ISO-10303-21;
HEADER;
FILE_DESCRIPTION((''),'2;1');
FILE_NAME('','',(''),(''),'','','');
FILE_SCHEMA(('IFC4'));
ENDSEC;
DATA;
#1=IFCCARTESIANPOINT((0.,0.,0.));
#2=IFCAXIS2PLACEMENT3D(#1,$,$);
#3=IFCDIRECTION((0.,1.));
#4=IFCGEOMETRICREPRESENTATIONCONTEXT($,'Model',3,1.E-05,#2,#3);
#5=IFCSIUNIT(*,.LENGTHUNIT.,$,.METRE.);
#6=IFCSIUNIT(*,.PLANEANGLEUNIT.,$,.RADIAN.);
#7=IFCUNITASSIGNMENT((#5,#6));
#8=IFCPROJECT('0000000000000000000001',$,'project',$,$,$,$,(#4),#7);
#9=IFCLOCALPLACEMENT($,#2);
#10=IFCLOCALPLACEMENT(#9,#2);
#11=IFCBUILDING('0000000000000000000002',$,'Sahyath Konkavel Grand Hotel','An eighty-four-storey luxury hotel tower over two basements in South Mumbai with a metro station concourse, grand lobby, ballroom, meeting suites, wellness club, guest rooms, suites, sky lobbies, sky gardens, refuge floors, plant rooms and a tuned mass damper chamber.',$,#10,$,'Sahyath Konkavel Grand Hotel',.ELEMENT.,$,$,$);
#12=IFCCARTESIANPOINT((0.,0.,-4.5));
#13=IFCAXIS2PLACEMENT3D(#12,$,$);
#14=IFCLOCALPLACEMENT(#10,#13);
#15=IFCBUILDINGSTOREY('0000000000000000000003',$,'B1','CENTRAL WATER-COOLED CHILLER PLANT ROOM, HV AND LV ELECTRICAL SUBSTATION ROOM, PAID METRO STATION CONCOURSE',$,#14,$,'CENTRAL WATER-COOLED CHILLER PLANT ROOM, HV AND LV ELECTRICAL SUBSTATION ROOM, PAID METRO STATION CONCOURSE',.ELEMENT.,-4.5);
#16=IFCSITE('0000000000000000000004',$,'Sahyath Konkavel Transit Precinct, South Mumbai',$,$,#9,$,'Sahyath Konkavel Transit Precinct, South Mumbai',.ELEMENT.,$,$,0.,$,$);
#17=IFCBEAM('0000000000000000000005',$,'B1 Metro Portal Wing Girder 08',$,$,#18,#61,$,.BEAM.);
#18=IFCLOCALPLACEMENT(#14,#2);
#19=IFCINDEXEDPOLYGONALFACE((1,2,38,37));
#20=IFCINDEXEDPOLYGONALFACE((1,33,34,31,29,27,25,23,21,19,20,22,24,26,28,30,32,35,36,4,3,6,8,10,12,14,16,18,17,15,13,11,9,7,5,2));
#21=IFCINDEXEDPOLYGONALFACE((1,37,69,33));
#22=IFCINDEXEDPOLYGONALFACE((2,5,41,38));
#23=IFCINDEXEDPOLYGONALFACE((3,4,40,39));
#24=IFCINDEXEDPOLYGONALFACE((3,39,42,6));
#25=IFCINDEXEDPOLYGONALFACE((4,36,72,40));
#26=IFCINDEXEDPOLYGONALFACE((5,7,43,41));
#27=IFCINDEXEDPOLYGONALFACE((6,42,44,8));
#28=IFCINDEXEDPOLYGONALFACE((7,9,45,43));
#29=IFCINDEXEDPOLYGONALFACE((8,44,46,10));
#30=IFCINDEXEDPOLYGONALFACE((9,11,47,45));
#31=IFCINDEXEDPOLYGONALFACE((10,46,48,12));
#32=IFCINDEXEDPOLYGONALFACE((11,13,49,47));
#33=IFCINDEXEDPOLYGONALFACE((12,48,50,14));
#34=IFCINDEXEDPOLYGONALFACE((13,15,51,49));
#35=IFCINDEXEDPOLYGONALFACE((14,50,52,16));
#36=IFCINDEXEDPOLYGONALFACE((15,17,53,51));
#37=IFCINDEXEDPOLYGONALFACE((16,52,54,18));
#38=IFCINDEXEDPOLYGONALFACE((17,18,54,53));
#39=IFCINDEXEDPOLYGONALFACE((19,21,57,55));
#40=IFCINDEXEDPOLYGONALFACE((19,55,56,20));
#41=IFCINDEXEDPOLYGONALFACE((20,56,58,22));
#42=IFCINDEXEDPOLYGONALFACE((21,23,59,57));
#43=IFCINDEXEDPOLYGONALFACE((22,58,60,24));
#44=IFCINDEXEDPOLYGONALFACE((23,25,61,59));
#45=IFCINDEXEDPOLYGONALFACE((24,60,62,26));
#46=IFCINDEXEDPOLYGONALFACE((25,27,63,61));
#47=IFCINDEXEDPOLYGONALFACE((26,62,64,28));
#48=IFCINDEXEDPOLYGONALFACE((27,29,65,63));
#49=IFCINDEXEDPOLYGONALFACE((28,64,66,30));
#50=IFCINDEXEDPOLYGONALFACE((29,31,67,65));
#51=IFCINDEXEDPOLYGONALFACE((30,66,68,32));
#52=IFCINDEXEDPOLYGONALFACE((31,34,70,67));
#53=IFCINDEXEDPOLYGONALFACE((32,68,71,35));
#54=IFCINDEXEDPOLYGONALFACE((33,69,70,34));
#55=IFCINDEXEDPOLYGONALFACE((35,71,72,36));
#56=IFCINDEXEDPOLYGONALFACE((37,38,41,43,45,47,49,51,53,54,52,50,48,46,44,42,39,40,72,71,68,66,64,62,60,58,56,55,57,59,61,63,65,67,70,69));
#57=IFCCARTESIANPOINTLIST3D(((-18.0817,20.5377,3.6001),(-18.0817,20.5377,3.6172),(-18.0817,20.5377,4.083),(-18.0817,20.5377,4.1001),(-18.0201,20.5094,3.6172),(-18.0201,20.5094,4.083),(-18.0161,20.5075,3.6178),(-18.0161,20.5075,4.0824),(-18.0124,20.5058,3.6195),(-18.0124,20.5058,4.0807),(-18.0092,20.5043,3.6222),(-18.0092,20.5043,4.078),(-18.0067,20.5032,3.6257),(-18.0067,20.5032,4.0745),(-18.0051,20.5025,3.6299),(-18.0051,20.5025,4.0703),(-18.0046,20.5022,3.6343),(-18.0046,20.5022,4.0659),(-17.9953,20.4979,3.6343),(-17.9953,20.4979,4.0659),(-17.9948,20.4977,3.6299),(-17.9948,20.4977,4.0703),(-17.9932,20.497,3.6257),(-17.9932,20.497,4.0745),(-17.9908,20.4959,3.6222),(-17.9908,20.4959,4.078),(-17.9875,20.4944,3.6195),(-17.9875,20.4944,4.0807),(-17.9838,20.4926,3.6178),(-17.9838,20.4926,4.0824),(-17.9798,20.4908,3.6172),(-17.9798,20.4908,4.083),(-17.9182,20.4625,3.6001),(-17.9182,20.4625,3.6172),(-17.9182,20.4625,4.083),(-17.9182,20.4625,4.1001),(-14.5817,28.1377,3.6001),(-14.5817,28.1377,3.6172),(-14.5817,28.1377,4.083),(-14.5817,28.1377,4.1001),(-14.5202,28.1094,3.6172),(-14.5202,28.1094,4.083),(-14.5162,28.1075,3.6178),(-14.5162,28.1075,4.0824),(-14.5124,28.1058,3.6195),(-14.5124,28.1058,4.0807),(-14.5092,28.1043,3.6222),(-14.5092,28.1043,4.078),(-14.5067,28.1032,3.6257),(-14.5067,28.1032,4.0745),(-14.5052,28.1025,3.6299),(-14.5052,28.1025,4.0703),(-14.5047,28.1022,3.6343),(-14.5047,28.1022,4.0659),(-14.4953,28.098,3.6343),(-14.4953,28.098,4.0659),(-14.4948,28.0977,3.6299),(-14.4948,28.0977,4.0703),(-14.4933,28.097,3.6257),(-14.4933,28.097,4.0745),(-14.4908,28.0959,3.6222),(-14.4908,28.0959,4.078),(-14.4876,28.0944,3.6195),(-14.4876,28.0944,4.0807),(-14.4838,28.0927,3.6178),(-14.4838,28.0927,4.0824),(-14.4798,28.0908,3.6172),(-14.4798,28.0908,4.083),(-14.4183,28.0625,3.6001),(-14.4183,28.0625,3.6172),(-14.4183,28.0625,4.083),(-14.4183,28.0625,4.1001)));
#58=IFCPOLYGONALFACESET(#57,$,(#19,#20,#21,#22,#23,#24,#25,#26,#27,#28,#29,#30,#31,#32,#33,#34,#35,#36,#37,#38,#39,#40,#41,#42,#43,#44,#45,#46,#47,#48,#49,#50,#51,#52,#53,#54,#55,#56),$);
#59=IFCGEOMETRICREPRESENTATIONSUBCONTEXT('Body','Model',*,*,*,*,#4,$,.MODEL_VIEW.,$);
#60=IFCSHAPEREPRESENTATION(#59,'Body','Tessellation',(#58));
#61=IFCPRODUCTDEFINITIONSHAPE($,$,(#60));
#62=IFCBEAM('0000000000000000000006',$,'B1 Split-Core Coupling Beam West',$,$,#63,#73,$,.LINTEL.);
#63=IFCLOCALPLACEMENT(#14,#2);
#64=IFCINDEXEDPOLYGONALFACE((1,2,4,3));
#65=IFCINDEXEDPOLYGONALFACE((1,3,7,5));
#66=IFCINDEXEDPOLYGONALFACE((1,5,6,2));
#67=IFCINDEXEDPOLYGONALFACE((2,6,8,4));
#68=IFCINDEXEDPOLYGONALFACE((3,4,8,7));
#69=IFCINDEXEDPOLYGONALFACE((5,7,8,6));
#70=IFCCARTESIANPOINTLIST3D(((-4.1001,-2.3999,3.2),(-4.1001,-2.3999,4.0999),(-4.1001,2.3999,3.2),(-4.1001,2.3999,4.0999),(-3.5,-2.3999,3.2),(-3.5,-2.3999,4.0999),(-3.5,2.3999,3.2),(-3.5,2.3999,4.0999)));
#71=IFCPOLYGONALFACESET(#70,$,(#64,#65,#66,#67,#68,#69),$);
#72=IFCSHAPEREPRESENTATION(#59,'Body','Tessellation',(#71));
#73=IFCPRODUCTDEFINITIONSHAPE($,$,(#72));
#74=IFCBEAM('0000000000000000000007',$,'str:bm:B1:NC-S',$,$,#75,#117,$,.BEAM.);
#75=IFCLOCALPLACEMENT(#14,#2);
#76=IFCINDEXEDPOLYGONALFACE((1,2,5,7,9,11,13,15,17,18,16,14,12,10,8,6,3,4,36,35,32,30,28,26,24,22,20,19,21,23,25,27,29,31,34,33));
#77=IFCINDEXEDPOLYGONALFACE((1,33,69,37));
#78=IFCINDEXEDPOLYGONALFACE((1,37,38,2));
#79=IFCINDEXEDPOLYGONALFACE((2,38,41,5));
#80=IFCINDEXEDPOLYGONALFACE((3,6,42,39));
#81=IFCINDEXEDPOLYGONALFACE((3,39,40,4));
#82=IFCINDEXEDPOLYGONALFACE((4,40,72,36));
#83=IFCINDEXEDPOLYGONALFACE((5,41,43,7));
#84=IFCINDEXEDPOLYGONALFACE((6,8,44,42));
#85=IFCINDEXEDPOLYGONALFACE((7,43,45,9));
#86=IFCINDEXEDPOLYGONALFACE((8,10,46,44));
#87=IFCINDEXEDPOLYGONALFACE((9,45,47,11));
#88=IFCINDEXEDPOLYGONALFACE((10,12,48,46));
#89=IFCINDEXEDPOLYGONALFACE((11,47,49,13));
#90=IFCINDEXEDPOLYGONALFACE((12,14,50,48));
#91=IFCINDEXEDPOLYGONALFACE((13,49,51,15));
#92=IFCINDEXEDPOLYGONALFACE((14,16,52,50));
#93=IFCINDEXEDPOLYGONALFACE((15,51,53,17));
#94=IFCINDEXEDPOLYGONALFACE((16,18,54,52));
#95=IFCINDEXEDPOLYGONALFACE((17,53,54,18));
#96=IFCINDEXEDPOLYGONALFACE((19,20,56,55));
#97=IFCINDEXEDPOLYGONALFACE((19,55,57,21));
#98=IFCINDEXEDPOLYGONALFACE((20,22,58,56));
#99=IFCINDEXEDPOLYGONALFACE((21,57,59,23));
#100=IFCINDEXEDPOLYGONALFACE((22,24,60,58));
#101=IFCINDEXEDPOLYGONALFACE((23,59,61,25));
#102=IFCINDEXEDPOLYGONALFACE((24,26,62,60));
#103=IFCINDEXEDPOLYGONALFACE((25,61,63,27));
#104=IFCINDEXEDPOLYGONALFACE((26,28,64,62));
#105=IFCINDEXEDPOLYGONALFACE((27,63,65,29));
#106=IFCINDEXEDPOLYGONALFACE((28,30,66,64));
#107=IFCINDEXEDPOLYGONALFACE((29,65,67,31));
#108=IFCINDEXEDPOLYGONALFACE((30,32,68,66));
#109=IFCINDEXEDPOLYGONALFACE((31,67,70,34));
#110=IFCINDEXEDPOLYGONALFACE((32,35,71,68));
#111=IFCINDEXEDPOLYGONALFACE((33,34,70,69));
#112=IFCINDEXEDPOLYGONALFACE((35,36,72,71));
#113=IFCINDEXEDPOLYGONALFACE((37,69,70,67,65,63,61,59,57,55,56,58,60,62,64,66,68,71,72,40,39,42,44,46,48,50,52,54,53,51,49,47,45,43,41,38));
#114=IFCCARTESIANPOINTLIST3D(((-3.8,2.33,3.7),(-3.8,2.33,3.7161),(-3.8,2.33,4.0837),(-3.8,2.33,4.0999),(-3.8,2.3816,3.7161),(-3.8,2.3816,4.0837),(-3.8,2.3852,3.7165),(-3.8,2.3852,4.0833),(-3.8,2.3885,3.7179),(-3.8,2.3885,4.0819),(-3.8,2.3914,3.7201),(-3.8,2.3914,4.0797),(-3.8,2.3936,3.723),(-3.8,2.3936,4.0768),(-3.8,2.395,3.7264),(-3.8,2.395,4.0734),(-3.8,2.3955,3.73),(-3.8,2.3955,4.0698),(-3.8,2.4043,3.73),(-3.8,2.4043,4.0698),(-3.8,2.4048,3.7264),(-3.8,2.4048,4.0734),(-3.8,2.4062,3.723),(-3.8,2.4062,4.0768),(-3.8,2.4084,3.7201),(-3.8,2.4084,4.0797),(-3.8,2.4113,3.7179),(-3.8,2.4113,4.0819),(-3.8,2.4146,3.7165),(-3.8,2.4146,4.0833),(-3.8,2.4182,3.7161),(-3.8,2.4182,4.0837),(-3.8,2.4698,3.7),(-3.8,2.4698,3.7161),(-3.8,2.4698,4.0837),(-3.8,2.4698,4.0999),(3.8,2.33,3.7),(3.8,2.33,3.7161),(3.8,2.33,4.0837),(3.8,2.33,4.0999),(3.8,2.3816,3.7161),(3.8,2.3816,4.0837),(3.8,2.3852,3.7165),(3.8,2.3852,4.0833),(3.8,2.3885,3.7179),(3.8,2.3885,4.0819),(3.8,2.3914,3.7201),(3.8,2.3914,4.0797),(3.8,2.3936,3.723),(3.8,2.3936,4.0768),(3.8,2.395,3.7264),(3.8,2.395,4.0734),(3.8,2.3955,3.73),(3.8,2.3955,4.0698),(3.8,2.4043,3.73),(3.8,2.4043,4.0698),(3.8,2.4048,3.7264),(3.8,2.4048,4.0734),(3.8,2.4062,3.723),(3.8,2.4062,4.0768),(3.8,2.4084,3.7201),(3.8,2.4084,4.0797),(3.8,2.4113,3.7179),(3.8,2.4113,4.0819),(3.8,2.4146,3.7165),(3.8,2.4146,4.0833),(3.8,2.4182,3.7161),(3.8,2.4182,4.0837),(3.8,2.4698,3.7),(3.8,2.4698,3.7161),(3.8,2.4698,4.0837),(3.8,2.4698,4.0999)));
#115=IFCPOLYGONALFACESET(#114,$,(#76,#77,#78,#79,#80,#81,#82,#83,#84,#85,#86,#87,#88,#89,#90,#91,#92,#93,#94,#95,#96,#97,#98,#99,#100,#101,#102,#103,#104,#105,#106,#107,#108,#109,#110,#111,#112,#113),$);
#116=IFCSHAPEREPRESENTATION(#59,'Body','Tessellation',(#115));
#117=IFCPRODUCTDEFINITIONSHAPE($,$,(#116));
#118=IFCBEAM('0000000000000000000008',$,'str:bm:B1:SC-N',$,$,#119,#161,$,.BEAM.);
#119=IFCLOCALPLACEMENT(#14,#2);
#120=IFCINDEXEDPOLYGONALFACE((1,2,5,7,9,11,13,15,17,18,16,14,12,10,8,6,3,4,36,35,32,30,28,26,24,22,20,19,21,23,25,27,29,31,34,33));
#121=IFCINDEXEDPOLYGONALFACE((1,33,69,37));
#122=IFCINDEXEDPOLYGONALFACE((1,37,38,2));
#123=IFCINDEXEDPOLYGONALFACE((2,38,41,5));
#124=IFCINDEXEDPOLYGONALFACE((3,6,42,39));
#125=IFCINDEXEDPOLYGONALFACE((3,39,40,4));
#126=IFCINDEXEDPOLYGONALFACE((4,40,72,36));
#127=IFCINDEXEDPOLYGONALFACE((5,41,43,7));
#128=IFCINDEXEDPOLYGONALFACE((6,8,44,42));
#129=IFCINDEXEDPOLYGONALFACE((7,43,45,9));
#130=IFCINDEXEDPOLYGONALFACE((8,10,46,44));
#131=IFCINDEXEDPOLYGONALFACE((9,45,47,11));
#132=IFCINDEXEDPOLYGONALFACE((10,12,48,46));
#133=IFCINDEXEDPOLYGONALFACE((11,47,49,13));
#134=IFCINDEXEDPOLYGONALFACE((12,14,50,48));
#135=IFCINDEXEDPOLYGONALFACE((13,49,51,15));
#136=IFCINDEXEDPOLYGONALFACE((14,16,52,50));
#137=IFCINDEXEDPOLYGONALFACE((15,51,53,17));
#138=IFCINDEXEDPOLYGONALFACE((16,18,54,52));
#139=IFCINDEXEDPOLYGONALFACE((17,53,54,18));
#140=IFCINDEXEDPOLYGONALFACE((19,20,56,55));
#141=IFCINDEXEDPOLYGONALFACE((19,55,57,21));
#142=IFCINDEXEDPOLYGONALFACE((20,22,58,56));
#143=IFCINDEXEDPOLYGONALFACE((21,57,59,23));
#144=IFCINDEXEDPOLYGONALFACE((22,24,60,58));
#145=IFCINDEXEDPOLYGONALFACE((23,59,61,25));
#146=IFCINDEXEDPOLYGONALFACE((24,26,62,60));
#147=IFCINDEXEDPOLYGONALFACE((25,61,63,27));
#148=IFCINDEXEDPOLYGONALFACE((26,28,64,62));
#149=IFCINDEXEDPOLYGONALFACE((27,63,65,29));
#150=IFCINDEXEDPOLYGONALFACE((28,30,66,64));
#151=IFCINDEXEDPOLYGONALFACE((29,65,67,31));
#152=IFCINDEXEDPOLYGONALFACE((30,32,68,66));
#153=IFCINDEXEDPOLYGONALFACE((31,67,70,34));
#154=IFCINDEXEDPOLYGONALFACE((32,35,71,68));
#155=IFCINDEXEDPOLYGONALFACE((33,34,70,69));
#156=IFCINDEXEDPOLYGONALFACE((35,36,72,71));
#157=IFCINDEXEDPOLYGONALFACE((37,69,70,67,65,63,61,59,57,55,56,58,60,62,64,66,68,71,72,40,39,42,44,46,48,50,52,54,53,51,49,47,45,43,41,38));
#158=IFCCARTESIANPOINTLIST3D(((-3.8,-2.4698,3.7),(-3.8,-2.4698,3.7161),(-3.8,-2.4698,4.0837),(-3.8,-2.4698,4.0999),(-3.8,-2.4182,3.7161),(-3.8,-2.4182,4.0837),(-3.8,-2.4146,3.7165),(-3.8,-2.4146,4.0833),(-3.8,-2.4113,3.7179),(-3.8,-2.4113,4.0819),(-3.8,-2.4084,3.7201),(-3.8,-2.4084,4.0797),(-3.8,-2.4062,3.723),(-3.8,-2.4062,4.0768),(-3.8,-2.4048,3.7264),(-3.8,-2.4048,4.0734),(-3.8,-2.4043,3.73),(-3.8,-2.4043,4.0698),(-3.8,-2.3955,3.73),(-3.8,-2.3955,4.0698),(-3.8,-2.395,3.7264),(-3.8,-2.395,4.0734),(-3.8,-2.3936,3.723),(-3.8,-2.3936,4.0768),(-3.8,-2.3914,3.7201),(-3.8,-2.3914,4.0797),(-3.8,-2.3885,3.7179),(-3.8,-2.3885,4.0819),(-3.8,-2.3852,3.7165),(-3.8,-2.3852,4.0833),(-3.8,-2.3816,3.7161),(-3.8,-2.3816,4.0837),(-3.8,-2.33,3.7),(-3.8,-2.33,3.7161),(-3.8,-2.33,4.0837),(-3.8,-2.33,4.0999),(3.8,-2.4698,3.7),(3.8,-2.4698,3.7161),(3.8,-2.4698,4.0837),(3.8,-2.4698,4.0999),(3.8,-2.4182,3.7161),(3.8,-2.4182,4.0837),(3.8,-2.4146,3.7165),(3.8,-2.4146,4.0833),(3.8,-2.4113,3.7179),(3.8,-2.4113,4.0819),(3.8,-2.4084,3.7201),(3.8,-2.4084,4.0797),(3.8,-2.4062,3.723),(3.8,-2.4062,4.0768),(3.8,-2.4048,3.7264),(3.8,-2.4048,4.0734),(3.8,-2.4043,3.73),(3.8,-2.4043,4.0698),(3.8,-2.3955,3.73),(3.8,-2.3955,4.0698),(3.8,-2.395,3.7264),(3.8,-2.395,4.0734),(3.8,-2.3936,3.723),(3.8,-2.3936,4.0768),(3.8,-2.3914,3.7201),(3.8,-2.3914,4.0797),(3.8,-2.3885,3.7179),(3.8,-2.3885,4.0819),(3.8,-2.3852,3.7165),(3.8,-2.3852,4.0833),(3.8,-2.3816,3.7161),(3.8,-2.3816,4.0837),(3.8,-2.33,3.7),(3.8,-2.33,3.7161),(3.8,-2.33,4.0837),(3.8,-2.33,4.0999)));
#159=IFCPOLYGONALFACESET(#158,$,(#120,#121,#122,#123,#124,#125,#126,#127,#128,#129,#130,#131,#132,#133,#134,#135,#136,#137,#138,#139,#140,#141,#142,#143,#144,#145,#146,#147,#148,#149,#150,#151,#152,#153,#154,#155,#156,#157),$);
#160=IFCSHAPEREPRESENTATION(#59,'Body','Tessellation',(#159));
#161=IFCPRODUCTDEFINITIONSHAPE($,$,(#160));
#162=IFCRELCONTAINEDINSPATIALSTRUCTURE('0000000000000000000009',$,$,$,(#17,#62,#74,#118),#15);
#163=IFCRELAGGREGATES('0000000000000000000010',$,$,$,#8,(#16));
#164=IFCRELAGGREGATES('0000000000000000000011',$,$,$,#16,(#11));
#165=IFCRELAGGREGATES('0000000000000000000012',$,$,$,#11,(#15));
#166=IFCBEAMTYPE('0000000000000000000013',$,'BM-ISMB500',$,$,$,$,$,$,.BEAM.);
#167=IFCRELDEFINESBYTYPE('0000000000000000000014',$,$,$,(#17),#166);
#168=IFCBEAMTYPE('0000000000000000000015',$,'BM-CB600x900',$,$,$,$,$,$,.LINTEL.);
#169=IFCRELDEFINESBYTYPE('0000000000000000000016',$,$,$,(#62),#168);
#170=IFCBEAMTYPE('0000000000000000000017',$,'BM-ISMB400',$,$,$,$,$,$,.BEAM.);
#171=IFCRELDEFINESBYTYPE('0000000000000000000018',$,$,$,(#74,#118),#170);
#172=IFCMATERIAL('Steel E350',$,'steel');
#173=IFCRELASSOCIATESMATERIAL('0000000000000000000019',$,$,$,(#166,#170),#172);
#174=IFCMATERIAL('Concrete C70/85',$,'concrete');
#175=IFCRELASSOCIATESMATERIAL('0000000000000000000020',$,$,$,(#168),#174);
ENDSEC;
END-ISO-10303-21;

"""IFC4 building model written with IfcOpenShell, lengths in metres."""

from ifc_helpers import new_model, si_unit, direction, frame, origin, origin_2d, place, context, subcontext, project, spatial, rectangle, i_section, extrude, source, transform, mapped, material, material_profile, profile_set, type_object, element, save


model = new_model("IFC4")

# Units and contexts
model_context = context("Model", 3, precision=1e-05, world=origin(), true_north=direction((0.0, 1.0)))
body_context = subcontext(model_context, "Body", "Model", "MODEL_VIEW")
ifc_project = project(units=[si_unit("LENGTHUNIT", "METRE"), si_unit("PLANEANGLEUNIT", "RADIAN")], contexts=[model_context])

# Site, building, storey
site_placement = place(None, origin())
site = spatial("IfcSite", under=ifc_project, at=site_placement, Name="Sahyath Konkavel Transit Precinct, South Mumbai", LongName="Sahyath Konkavel Transit Precinct, South Mumbai", CompositionType="ELEMENT", RefElevation=0.0)
building_placement = place(site_placement, origin())
building = spatial("IfcBuilding", under=site, at=building_placement, Name="Sahyath Konkavel Grand Hotel", Description="An eighty-four-storey luxury hotel tower over two basements in South Mumbai with a metro station concourse, grand lobby, ballroom, meeting suites, wellness club, guest rooms, suites, sky lobbies, sky gardens, refuge floors, plant rooms and a tuned mass damper chamber.", LongName="Sahyath Konkavel Grand Hotel", CompositionType="ELEMENT")
storey_placement = place(building_placement, frame((0.0, 0.0, -4.5)))
storey = spatial("IfcBuildingStorey", under=building, at=storey_placement, Name="B1", Description="CENTRAL WATER-COOLED CHILLER PLANT ROOM, HV AND LV ELECTRICAL SUBSTATION ROOM, PAID METRO STATION CONCOURSE", LongName="CENTRAL WATER-COOLED CHILLER PLANT ROOM, HV AND LV ELECTRICAL SUBSTATION ROOM, PAID METRO STATION CONCOURSE", CompositionType="ELEMENT", Elevation=-4.5)

# Shared definitions
ifc_material_1 = material(Name="Concrete C70/85", Category="concrete")

# Beams
ifc_material_2 = material(Name="Steel E350", Category="steel")
ifc_material_profile_1 = material_profile(ifc_material_2, i_section(OverallWidth=0.1799, OverallDepth=0.5, WebThickness=0.0103, FlangeThickness=0.0171, FilletRadius=0.0171, at=origin_2d()), Name="ISMB 500")
ifc_profile_set_1 = profile_set([ifc_material_profile_1], Name="Steel E350")
beam_type_1 = type_object("IfcBeamType", Name="BM-ISMB500", PredefinedType="BEAM", material=ifc_profile_set_1)
shared_shape_1 = source(origin(), body_context, "Body", "SweptSolid", [
    extrude(i_section(OverallWidth=0.1799, OverallDepth=0.5, WebThickness=0.0103, FlangeThickness=0.0171, FilletRadius=0.0171, at=origin_2d()), origin(), (0.0, 0.0, 1.0), 8.3672),
])
beam_1_placement = place(storey_placement, frame((-14.5, 28.1001, 3.8501), z_axis=(-0.418296, -0.908311, 0.0), x_axis=(0.908311, -0.418296, 0.0)))
element("IfcBeam", 1, at=beam_1_placement, inside=storey, type_object=beam_type_1, Name="B1 Metro Portal Wing Girder 08", PredefinedType="BEAM", context=body_context, shape_type="MappedRepresentation", body=[
    mapped(shared_shape_1, transform((0.0, 0.0, 0.0), scale=1.0)),
])
ifc_material_profile_2 = material_profile(ifc_material_1, rectangle(XDim=0.6001, YDim=0.8999, at=origin_2d()), Name="RC 600x900")
ifc_profile_set_2 = profile_set([ifc_material_profile_2], Name="Concrete C70/85")
beam_type_2 = type_object("IfcBeamType", Name="BM-CB600x900", PredefinedType="LINTEL", material=ifc_profile_set_2)
shared_shape_2 = source(origin(), body_context, "Body", "SweptSolid", [
    extrude(rectangle(XDim=0.6001, YDim=0.8999, at=origin_2d()), origin(), (0.0, 0.0, 1.0), 4.7998),
])
beam_2_placement = place(storey_placement, frame((-3.8, -2.3999, 3.6499), z_axis=(0.0, 1.0, 0.0), x_axis=(-1.0, 0.0, 0.0)))
element("IfcBeam", 2, at=beam_2_placement, inside=storey, type_object=beam_type_2, Name="B1 Split-Core Coupling Beam West", PredefinedType="LINTEL", context=body_context, shape_type="MappedRepresentation", body=[
    mapped(shared_shape_2, transform((0.0, 0.0, 0.0), scale=1.0)),
])
ifc_material_profile_3 = material_profile(ifc_material_2, i_section(OverallWidth=0.1399, OverallDepth=0.3999, WebThickness=0.0088, FlangeThickness=0.0161, FilletRadius=0.0139, at=origin_2d()), Name="ISMB 400")
ifc_profile_set_3 = profile_set([ifc_material_profile_3], Name="Steel E350")
beam_type_3 = type_object("IfcBeamType", Name="BM-ISMB400", PredefinedType="BEAM", material=ifc_profile_set_3)
shared_shape_3 = source(origin(), body_context, "Body", "SweptSolid", [
    extrude(i_section(OverallWidth=0.1399, OverallDepth=0.3999, WebThickness=0.0088, FlangeThickness=0.0161, FilletRadius=0.0139, at=origin_2d()), origin(), (0.0, 0.0, 1.0), 7.6001),
])
for number, where, z_axis, x_axis, name in (
    (3, (-3.8, 2.3999, 3.8999), (1.0, 0.0, 0.0), (0.0, 1.0, 0.0), "str:bm:B1:NC-S"),
    (4, (-3.8, -2.3999, 3.8999), (1.0, 0.0, 0.0), (0.0, 1.0, 0.0), "str:bm:B1:SC-N"),
):
    element("IfcBeam", number, at=place(storey_placement, frame(where, z_axis=z_axis, x_axis=x_axis)), inside=storey, type_object=beam_type_3, Name=name, PredefinedType="BEAM", context=body_context, shape_type="MappedRepresentation", body=[
        mapped(shared_shape_3, transform((0.0, 0.0, 0.0), scale=1.0)),
    ])

save(model, "model.ifc")
